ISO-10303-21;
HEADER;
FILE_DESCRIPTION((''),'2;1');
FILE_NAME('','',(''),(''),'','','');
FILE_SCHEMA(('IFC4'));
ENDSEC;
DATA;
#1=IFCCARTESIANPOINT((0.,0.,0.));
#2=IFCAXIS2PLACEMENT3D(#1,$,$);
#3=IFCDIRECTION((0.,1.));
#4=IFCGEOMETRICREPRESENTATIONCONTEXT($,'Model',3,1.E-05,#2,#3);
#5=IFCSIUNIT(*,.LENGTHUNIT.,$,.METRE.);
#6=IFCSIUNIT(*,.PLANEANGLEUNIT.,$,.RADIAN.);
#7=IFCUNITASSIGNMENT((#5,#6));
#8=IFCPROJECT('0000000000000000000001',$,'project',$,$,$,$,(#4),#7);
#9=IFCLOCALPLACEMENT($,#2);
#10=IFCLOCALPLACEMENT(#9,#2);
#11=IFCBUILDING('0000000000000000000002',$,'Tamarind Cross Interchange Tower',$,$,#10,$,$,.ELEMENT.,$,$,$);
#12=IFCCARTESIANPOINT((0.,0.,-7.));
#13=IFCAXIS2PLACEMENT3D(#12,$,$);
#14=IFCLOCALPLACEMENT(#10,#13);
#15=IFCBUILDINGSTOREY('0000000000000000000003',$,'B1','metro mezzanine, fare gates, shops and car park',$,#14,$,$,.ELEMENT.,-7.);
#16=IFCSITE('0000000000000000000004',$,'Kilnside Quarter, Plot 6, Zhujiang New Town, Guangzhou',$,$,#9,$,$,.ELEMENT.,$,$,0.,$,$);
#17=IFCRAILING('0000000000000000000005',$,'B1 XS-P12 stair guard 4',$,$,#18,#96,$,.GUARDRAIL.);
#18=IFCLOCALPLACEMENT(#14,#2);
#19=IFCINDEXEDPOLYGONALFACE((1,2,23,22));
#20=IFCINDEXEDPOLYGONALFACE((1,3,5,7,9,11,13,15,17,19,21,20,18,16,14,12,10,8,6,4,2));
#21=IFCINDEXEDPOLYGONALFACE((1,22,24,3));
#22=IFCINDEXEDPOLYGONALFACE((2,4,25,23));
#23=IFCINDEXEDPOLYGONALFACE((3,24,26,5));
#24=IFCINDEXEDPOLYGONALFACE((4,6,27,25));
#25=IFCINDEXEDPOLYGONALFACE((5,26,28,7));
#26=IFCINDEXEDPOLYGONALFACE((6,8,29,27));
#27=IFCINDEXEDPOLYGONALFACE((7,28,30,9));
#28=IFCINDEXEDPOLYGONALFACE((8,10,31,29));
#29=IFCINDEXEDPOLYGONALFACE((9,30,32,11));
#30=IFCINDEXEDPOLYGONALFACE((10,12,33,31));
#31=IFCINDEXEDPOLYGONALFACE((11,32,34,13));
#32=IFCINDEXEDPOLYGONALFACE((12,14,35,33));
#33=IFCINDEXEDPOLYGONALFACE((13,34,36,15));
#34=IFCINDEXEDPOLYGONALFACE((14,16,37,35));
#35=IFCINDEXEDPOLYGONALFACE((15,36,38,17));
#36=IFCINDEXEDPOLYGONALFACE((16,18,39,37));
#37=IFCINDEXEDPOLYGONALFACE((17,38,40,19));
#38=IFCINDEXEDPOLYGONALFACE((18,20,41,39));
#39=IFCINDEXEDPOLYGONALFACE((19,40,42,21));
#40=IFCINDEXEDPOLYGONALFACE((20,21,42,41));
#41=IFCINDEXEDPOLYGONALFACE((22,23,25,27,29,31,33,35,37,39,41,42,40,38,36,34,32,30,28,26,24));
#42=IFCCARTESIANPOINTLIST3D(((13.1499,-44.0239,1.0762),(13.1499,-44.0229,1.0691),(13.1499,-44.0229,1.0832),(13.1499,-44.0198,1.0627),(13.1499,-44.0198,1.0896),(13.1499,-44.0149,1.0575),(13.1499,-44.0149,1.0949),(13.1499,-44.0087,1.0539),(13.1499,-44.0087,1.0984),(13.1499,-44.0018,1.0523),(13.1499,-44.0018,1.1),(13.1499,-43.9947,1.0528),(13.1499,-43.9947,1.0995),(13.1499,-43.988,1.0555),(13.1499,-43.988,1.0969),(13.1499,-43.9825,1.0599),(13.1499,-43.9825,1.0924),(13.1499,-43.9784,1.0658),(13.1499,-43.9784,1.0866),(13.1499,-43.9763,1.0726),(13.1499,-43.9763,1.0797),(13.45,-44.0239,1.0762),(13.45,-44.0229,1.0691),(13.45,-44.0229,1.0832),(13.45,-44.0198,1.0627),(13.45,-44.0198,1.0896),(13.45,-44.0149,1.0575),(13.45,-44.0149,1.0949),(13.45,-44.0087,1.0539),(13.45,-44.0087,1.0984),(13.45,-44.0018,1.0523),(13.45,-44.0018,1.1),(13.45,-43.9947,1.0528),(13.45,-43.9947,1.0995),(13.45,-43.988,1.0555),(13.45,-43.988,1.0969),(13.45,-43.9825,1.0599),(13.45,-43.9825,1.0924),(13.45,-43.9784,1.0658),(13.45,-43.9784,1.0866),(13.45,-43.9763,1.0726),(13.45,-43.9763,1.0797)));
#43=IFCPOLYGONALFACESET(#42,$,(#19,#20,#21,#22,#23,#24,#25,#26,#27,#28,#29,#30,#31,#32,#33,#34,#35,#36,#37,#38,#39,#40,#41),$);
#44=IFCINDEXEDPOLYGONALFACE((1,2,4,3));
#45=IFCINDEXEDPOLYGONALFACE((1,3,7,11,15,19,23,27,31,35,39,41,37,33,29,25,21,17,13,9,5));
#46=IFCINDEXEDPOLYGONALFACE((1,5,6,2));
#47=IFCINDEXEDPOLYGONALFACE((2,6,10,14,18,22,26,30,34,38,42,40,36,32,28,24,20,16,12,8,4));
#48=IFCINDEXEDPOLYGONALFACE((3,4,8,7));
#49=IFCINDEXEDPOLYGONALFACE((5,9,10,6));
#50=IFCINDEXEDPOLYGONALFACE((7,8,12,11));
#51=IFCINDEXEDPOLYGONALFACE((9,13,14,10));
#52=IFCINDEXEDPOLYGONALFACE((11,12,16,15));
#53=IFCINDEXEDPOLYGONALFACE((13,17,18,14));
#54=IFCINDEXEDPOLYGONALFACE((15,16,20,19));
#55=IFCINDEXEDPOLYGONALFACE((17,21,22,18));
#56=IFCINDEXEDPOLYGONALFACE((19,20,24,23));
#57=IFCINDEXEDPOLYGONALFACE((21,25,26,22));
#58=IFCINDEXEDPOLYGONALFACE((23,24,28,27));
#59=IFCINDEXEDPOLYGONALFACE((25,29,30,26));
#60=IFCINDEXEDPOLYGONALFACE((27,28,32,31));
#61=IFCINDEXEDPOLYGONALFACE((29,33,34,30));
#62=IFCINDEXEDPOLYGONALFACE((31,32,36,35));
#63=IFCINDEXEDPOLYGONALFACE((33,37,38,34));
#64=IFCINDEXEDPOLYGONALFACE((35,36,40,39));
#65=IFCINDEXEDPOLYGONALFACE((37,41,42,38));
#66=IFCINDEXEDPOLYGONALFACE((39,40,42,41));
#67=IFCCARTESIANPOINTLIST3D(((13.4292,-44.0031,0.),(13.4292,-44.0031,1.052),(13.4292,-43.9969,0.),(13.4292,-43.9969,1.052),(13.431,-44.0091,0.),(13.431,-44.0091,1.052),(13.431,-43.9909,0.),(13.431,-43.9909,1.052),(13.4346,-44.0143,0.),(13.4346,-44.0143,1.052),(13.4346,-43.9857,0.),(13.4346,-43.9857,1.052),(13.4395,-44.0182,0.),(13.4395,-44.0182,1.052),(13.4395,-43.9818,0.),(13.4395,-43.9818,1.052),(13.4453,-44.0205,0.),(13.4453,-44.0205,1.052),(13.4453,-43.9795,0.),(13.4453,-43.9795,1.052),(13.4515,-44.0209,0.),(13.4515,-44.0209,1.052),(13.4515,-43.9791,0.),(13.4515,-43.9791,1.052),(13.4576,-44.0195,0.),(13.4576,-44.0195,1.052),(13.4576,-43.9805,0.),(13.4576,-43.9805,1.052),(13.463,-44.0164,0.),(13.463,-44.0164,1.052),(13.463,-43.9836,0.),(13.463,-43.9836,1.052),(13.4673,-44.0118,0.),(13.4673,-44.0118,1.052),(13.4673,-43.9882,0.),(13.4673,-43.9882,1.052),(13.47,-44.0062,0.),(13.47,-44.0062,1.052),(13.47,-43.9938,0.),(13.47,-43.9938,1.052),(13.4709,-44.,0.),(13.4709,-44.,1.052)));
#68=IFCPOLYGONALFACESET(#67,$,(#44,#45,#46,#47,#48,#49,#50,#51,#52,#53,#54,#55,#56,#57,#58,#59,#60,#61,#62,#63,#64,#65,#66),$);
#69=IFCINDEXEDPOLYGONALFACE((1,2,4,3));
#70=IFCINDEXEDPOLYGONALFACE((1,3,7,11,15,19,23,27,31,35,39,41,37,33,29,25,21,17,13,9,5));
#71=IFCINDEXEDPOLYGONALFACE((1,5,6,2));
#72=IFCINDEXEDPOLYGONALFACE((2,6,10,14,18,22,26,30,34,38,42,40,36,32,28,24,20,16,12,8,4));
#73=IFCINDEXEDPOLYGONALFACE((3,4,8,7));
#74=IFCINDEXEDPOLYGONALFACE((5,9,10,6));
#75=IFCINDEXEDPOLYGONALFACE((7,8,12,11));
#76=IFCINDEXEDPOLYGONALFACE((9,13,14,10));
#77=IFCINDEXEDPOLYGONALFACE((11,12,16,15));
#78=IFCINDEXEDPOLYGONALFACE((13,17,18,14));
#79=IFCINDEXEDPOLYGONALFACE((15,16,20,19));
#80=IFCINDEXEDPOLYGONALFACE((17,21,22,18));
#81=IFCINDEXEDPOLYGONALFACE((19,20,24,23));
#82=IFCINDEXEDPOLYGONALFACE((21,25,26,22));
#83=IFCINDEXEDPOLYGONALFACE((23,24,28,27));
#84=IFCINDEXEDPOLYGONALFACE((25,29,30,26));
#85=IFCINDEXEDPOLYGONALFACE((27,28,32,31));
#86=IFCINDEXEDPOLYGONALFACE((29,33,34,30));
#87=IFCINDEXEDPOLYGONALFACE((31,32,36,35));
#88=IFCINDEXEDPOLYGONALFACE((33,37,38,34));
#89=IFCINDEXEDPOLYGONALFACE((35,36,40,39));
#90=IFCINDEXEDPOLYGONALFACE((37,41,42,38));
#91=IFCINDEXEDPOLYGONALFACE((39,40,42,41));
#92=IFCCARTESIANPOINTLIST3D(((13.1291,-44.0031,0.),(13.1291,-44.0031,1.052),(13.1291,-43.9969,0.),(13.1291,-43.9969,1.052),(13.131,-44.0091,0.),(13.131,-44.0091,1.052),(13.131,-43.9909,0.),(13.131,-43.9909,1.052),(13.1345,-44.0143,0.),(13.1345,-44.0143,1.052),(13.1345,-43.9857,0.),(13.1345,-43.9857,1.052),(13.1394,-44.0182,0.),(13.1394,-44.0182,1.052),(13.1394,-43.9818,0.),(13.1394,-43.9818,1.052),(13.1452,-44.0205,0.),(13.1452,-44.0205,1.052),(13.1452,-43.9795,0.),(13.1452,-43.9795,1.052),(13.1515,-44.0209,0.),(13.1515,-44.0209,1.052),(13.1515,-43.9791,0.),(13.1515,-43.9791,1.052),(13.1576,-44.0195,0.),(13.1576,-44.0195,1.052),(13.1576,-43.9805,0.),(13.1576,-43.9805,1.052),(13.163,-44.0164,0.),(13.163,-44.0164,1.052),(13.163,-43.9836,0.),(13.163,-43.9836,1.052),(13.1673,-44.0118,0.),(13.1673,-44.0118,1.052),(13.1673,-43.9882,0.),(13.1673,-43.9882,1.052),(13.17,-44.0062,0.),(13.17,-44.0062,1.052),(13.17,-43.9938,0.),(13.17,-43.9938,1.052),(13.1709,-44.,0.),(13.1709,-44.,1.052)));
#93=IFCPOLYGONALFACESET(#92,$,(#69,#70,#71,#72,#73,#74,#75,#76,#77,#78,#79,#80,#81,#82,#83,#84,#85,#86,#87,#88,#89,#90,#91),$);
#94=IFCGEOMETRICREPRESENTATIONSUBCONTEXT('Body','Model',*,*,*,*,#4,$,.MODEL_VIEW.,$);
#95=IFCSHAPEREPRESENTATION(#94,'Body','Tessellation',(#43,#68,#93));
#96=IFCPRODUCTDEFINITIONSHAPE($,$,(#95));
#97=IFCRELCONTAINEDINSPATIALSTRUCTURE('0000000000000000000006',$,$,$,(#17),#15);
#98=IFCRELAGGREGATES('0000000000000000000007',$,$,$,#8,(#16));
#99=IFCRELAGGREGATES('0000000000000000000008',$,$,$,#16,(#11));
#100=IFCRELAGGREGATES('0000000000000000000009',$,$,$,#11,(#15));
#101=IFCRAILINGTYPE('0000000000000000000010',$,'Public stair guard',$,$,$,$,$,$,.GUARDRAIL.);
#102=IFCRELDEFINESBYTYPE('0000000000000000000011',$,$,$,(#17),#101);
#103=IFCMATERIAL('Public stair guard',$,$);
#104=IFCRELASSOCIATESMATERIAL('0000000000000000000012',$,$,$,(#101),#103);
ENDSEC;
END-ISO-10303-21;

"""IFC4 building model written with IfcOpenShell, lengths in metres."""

from ifc_helpers import new_model, si_unit, direction, frame, origin, origin_2d, place, context, subcontext, project, spatial, circle, extrude, material, type_object, element, save


model = new_model("IFC4")

# Units and contexts
model_context = context("Model", 3, precision=1e-05, world=origin(), true_north=direction((0.0, 1.0)))
body_context = subcontext(model_context, "Body", "Model", "MODEL_VIEW")
ifc_project = project(units=[si_unit("LENGTHUNIT", "METRE"), si_unit("PLANEANGLEUNIT", "RADIAN")], contexts=[model_context])

# Site, building, storey
site_placement = place(None, origin())
site = spatial("IfcSite", under=ifc_project, at=site_placement, Name="Kilnside Quarter, Plot 6, Zhujiang New Town, Guangzhou", CompositionType="ELEMENT", RefElevation=0.0)
building_placement = place(site_placement, origin())
building = spatial("IfcBuilding", under=site, at=building_placement, Name="Tamarind Cross Interchange Tower", CompositionType="ELEMENT")
storey_placement = place(building_placement, frame((0.0, 0.0, -7.0)))
storey = spatial("IfcBuildingStorey", under=building, at=storey_placement, Name="B1", Description="metro mezzanine, fare gates, shops and car park", CompositionType="ELEMENT", Elevation=-7.0)

# Railing
ifc_material_1 = material(Name="Public stair guard")
railing_type_1 = type_object("IfcRailingType", Name="Public stair guard", PredefinedType="GUARDRAIL", material=ifc_material_1)
railing_1_placement = place(storey_placement, frame((13.45, -44.0, 0.0)))
element("IfcRailing", 1, at=railing_1_placement, inside=storey, type_object=railing_type_1, Name="B1 XS-P12 stair guard 4", PredefinedType="GUARDRAIL", context=body_context, shape_type="SweptSolid", body=[
    extrude(circle(Radius=0.0239, at=origin_2d()), frame((0.0, 0.0, 1.0762), z_axis=(-1.0, 0.0, 0.0), x_axis=(0.0, -1.0, 0.0)), (0.0, 0.0, 1.0), 0.3),
    extrude(circle(Radius=0.021, at=origin_2d()), origin(), (0.0, 0.0, 1.0), 1.052),
    extrude(circle(Radius=0.021, at=origin_2d()), frame((-0.3, 0.0, 0.0)), (0.0, 0.0, 1.0), 1.052),
])

save(model, "model.ifc")
